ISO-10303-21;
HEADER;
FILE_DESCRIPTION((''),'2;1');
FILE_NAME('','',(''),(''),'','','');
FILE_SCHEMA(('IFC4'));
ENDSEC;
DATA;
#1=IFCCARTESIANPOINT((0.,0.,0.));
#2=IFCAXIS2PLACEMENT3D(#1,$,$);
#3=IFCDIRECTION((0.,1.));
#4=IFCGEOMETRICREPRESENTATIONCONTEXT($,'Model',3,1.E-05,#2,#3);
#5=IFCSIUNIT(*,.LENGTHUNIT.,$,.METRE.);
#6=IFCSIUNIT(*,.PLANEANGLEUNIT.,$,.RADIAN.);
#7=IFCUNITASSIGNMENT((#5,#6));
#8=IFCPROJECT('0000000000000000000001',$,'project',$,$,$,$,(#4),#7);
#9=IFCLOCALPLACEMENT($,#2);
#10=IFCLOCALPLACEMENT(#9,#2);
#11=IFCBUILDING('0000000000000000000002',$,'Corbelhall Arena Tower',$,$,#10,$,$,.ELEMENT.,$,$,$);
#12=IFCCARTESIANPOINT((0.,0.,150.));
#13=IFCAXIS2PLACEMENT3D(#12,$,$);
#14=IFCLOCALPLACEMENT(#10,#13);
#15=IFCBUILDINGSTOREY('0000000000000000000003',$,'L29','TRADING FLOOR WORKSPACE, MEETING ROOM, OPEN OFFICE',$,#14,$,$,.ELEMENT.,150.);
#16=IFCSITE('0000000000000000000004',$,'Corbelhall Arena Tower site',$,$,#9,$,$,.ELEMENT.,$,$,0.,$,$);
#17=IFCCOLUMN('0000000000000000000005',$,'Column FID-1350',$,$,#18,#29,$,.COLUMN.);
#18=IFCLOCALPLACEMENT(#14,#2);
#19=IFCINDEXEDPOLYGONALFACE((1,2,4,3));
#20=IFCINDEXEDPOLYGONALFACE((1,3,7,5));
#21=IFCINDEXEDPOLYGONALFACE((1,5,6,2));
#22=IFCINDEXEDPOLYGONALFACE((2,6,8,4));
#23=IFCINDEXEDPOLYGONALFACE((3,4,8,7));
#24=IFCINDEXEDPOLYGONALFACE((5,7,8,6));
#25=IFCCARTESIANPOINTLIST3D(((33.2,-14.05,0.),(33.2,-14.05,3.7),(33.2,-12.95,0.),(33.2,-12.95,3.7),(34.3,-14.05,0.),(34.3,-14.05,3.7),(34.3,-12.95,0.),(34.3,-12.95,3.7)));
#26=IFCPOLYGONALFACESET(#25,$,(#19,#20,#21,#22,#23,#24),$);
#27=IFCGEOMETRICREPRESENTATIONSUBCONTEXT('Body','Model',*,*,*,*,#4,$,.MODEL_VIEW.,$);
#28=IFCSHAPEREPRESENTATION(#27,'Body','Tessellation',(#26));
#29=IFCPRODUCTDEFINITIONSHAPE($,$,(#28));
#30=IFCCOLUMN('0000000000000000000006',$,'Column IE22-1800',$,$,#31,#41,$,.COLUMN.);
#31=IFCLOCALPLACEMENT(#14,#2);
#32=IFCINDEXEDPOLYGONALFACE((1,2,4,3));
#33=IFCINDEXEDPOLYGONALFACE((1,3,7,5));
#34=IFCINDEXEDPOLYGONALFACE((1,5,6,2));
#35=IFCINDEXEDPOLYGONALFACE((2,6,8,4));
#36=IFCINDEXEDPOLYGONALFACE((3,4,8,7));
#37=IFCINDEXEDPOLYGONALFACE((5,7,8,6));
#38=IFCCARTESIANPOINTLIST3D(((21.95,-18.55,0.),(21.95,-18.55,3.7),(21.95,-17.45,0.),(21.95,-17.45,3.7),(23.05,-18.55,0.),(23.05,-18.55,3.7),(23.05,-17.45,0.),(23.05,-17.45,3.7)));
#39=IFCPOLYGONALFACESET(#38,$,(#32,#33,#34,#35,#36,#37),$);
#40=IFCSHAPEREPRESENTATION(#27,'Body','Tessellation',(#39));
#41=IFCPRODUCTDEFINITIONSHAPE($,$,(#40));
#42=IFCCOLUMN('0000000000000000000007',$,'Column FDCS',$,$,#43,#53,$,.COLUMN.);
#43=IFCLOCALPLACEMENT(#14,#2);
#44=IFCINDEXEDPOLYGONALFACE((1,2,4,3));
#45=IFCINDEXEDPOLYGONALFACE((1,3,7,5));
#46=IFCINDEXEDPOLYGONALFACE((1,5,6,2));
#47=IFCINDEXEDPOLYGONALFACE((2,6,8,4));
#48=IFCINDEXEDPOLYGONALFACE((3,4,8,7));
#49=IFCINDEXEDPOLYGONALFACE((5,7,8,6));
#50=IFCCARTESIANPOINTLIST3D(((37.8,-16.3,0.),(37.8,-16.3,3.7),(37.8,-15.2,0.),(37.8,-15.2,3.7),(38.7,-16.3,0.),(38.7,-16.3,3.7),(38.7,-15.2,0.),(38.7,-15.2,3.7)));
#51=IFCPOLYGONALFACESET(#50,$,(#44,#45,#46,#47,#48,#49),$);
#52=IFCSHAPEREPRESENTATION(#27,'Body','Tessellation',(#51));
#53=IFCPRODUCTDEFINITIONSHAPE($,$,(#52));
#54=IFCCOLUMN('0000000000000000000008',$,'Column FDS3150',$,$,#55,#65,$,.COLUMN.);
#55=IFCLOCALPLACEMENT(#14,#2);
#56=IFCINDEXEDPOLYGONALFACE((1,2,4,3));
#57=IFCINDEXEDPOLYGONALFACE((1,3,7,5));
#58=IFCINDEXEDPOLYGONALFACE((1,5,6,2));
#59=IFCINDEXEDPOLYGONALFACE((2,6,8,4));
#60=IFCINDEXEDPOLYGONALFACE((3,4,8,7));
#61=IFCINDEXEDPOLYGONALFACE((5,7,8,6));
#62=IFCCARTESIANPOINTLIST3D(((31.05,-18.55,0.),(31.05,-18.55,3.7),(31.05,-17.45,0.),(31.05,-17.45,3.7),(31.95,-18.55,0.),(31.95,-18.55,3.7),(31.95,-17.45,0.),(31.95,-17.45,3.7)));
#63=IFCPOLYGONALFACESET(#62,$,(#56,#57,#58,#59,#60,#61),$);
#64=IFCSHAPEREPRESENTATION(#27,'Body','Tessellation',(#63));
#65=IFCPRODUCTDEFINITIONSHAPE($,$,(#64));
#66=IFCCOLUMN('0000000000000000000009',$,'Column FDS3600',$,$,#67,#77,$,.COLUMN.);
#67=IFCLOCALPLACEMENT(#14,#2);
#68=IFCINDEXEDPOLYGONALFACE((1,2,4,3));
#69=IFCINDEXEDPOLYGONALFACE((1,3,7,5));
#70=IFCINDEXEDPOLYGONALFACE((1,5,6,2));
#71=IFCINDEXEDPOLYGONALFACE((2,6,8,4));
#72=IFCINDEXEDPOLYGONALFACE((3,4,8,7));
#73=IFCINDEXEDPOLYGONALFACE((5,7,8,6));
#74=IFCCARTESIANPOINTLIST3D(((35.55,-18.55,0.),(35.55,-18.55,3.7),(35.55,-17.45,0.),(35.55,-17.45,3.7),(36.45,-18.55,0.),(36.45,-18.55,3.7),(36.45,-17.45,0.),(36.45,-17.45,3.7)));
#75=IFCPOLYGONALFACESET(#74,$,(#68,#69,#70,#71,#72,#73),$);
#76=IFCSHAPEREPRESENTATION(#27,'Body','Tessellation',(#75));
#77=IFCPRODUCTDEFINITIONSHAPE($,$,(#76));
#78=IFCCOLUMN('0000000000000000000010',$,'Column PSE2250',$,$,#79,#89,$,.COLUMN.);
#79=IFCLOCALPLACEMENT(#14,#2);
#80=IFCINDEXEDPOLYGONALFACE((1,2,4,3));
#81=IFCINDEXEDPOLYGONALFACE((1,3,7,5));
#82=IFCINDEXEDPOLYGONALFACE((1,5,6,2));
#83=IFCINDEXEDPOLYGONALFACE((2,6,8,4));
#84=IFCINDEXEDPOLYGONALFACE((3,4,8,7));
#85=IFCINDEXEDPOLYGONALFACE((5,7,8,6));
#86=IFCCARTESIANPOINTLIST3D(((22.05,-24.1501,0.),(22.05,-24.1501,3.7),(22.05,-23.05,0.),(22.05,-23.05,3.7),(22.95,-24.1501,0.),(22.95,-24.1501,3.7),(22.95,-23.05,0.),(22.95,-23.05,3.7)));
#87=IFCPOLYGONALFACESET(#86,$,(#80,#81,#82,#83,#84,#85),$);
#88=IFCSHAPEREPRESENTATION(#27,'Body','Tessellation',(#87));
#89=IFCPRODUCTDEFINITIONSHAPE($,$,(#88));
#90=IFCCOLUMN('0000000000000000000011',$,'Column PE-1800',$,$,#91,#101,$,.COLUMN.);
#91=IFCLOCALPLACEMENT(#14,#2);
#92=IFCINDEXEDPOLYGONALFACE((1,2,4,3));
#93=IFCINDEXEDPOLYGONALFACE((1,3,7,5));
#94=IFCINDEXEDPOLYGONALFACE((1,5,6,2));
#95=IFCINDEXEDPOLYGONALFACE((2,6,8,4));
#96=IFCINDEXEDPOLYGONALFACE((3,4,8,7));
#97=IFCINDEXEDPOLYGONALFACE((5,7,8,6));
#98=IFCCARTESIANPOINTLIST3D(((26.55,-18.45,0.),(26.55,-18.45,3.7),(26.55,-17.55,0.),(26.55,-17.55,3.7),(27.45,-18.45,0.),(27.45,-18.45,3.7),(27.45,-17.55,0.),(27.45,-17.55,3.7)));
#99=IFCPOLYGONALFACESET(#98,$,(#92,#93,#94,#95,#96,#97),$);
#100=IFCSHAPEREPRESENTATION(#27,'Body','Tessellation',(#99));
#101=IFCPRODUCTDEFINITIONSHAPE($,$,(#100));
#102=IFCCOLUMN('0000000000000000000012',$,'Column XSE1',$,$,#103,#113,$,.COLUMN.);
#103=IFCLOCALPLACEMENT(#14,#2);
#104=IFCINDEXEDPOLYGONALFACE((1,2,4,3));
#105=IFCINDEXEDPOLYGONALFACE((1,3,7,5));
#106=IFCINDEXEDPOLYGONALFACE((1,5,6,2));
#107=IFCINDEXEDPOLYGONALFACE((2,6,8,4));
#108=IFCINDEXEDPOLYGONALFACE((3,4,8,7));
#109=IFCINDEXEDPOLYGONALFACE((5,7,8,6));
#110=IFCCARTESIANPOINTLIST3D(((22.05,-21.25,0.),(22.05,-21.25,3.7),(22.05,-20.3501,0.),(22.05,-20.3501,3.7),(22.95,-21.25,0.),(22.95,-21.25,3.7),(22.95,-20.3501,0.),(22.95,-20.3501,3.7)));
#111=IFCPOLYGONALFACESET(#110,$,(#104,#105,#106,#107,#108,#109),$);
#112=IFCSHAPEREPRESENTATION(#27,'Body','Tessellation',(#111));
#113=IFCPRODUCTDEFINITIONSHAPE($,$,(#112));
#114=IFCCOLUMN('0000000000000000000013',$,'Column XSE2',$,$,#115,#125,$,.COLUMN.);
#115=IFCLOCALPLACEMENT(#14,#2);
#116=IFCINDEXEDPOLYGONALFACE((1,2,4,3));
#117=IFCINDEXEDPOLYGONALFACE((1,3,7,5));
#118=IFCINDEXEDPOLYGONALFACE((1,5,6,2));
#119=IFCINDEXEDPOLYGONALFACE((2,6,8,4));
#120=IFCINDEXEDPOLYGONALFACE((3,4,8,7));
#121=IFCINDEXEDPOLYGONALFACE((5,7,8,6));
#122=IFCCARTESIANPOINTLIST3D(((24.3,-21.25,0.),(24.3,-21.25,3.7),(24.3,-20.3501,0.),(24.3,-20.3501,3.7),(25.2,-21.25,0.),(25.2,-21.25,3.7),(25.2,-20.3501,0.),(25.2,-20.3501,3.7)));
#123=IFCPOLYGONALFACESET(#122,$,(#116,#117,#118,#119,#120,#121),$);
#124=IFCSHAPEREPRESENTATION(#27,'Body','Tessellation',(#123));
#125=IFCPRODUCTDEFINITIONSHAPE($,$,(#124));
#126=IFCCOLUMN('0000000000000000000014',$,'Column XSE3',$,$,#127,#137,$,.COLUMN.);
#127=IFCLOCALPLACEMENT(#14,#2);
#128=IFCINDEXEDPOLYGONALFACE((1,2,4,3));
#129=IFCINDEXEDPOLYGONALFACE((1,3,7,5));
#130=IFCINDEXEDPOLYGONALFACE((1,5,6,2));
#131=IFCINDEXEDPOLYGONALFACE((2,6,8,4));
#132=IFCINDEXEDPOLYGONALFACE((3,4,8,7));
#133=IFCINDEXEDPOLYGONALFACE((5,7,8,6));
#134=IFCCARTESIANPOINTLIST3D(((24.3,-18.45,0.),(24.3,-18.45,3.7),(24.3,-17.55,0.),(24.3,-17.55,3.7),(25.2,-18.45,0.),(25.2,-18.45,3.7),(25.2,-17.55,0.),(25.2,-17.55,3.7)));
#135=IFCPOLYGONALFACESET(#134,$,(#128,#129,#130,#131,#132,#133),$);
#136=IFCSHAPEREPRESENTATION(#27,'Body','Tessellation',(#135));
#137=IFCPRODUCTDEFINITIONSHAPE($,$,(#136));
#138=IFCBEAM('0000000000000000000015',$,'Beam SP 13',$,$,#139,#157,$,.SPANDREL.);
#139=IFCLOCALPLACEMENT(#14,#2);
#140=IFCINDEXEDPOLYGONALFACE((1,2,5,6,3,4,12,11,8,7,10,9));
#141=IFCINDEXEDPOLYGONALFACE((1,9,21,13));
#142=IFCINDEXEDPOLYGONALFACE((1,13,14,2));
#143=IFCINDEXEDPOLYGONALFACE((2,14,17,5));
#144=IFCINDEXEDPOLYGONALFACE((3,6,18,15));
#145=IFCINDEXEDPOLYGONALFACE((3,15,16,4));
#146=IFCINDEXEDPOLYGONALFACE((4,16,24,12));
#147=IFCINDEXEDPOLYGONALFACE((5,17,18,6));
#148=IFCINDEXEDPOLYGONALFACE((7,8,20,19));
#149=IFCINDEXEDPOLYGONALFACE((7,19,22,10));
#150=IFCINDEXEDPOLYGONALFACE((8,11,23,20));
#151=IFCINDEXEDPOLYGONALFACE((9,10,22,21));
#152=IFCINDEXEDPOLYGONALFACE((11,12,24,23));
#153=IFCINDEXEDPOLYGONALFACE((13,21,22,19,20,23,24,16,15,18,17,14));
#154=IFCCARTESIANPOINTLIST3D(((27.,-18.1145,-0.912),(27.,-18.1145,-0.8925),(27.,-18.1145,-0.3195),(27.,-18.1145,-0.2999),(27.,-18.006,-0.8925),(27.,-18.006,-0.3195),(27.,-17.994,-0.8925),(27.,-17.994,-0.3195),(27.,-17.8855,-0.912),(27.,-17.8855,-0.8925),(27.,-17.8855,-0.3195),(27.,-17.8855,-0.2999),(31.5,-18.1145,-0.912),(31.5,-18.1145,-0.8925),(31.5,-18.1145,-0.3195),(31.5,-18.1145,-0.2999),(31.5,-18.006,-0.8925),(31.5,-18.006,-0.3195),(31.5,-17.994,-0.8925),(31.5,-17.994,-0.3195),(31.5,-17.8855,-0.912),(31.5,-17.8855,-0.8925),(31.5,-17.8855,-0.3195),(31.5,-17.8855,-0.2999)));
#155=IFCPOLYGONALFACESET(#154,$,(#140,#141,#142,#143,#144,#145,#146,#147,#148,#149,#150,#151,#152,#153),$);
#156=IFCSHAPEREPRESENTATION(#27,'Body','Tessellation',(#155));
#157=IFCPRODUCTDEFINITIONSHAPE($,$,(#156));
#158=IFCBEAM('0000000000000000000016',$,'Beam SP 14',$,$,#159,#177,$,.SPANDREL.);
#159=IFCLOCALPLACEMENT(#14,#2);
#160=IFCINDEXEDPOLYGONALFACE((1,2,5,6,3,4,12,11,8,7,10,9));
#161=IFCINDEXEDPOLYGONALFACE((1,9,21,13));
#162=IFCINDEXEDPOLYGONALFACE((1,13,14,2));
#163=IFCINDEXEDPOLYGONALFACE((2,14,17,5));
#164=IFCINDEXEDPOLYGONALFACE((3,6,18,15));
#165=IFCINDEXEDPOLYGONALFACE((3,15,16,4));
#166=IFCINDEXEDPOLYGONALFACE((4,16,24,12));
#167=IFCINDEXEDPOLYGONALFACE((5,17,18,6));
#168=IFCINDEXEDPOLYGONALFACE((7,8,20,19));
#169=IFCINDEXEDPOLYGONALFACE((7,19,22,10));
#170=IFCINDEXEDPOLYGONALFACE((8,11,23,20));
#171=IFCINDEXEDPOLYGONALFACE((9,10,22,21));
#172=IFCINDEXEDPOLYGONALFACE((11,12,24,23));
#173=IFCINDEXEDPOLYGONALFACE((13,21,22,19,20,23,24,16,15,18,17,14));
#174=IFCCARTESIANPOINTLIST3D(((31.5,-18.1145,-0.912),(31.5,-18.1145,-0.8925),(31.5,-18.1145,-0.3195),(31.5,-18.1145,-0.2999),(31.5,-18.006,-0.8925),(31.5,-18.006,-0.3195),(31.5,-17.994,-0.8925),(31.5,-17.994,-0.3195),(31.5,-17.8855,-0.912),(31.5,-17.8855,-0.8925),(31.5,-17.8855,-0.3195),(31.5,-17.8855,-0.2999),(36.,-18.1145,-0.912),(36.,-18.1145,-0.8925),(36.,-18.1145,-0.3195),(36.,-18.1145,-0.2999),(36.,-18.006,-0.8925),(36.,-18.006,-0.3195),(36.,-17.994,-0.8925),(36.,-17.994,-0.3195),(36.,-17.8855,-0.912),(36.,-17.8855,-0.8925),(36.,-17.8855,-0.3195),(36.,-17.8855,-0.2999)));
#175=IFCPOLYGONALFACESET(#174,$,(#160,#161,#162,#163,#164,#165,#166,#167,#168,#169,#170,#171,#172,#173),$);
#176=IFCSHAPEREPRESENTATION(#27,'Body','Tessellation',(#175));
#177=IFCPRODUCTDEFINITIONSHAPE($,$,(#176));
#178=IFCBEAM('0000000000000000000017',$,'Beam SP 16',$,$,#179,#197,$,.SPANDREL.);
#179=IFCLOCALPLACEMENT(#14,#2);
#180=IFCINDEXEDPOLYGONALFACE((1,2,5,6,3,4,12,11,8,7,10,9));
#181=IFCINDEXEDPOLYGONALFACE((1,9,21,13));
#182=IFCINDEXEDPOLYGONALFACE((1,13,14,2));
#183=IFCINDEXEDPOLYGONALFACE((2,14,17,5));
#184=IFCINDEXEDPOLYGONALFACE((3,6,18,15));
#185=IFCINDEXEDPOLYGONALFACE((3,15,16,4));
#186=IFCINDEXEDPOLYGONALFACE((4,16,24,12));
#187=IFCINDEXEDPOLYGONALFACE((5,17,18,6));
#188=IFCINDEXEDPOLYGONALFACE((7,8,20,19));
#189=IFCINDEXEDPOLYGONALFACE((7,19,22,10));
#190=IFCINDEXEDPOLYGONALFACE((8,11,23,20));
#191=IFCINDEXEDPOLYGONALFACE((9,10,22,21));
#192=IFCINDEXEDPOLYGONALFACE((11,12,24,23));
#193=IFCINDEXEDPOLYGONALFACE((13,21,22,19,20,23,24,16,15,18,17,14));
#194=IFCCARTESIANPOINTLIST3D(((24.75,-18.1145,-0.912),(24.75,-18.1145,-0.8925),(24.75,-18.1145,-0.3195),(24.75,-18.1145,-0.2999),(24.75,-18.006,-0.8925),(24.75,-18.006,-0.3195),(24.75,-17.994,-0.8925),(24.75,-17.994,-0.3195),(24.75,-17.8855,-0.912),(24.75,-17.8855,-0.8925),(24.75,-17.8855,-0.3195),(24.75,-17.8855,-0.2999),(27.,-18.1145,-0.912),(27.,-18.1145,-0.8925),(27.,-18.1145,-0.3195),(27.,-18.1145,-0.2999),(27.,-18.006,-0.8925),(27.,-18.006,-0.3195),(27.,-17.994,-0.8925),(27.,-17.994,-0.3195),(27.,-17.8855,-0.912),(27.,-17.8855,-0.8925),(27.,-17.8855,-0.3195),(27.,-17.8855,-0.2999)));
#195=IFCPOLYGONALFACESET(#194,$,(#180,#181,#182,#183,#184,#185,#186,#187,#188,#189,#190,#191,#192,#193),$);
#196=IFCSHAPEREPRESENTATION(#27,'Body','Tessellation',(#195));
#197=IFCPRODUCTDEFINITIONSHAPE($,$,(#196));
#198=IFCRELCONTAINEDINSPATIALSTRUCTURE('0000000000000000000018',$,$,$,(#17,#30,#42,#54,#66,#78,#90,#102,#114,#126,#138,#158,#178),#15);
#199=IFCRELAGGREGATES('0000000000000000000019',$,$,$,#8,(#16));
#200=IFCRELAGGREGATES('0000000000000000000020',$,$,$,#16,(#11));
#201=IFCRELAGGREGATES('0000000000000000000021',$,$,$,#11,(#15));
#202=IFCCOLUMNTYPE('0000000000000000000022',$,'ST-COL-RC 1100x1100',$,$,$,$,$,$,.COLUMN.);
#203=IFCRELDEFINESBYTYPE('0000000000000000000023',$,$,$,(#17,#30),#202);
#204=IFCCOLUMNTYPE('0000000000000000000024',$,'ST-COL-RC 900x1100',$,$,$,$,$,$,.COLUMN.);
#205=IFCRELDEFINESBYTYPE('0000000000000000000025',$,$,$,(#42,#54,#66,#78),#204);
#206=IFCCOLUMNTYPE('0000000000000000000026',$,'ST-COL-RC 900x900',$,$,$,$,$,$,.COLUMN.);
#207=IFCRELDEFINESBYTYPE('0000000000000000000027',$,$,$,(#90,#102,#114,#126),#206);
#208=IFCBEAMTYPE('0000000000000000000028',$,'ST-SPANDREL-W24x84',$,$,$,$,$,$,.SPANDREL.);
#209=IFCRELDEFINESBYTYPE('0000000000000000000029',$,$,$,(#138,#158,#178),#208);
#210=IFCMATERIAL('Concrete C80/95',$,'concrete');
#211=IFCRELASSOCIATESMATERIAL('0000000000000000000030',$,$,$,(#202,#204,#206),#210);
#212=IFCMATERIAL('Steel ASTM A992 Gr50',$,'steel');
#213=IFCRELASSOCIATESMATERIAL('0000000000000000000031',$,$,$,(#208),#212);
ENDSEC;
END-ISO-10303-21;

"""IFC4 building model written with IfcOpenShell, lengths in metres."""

from ifc_helpers import new_model, si_unit, direction, frame, origin, origin_2d, place, context, subcontext, project, spatial, rectangle, i_section, extrude, material, material_profile, profile_set, type_object, element, save


model = new_model("IFC4")

# Units and contexts
model_context = context("Model", 3, precision=1e-05, world=origin(), true_north=direction((0.0, 1.0)))
body_context = subcontext(model_context, "Body", "Model", "MODEL_VIEW")
ifc_project = project(units=[si_unit("LENGTHUNIT", "METRE"), si_unit("PLANEANGLEUNIT", "RADIAN")], contexts=[model_context])

# Site, building, storey
site_placement = place(None, origin())
site = spatial("IfcSite", under=ifc_project, at=site_placement, Name="Corbelhall Arena Tower site", CompositionType="ELEMENT", RefElevation=0.0)
building_placement = place(site_placement, origin())
building = spatial("IfcBuilding", under=site, at=building_placement, Name="Corbelhall Arena Tower", CompositionType="ELEMENT")
storey_placement = place(building_placement, frame((0.0, 0.0, 150.0)))
storey = spatial("IfcBuildingStorey", under=building, at=storey_placement, Name="L29", Description="TRADING FLOOR WORKSPACE, MEETING ROOM, OPEN OFFICE", CompositionType="ELEMENT", Elevation=150.0)

# Columns
ifc_material_1 = material(Name="Concrete C80/95", Category="concrete")
ifc_material_profile_1 = material_profile(ifc_material_1, rectangle(XDim=1.1001, YDim=1.1001, at=origin_2d()))
ifc_profile_set_1 = profile_set([ifc_material_profile_1], Name="Concrete C80/95")
column_type_1 = type_object("IfcColumnType", Name="ST-COL-RC 1100x1100", PredefinedType="COLUMN", material=ifc_profile_set_1)
for number, where, z_axis, x_axis, name in (
    (1, (33.75, -13.5, 0.0), (0.0, 0.0, 1.0), (1.0, 0.0, 0.0), "Column FID-1350"),
    (2, (22.5, -18.0, 0.0), (0.0, 0.0, 1.0), (1.0, 0.0, 0.0), "Column IE22-1800"),
):
    element("IfcColumn", number, at=place(storey_placement, frame(where, z_axis=z_axis, x_axis=x_axis)), inside=storey, type_object=column_type_1, Name=name, PredefinedType="COLUMN", context=body_context, shape_type="SweptSolid", body=[
        extrude(rectangle(XDim=1.1001, YDim=1.1001, at=origin_2d()), origin(), (0.0, 0.0, 1.0), 3.7),
    ])
ifc_material_profile_2 = material_profile(ifc_material_1, rectangle(XDim=0.8999, YDim=1.1001, at=origin_2d()))
ifc_profile_set_2 = profile_set([ifc_material_profile_2], Name="Concrete C80/95")
column_type_2 = type_object("IfcColumnType", Name="ST-COL-RC 900x1100", PredefinedType="COLUMN", material=ifc_profile_set_2)
for number, where, z_axis, x_axis, name in (
    (3, (38.25, -15.75, 0.0), (0.0, 0.0, 1.0), (1.0, 0.0, 0.0), "Column FDCS"),
    (4, (31.5, -18.0, 0.0), (0.0, 0.0, 1.0), (1.0, 0.0, 0.0), "Column FDS3150"),
    (5, (36.0, -18.0, 0.0), (0.0, 0.0, 1.0), (1.0, 0.0, 0.0), "Column FDS3600"),
    (6, (22.5, -23.6001, 0.0), (0.0, 0.0, 1.0), (1.0, 0.0, 0.0), "Column PSE2250"),
):
    element("IfcColumn", number, at=place(storey_placement, frame(where, z_axis=z_axis, x_axis=x_axis)), inside=storey, type_object=column_type_2, Name=name, PredefinedType="COLUMN", context=body_context, shape_type="SweptSolid", body=[
        extrude(rectangle(XDim=0.8999, YDim=1.1001, at=origin_2d()), origin(), (0.0, 0.0, 1.0), 3.7),
    ])
ifc_material_profile_3 = material_profile(ifc_material_1, rectangle(XDim=0.8999, YDim=0.8999, at=origin_2d()))
ifc_profile_set_3 = profile_set([ifc_material_profile_3], Name="Concrete C80/95")
column_type_3 = type_object("IfcColumnType", Name="ST-COL-RC 900x900", PredefinedType="COLUMN", material=ifc_profile_set_3)
for number, where, z_axis, x_axis, name in (
    (7, (27.0, -18.0, 0.0), (0.0, 0.0, 1.0), (1.0, 0.0, 0.0), "Column PE-1800"),
    (8, (22.5, -20.8, 0.0), (0.0, 0.0, 1.0), (1.0, 0.0, 0.0), "Column XSE1"),
    (9, (24.75, -20.8, 0.0), (0.0, 0.0, 1.0), (1.0, 0.0, 0.0), "Column XSE2"),
    (10, (24.75, -18.0, 0.0), (0.0, 0.0, 1.0), (1.0, 0.0, 0.0), "Column XSE3"),
):
    element("IfcColumn", number, at=place(storey_placement, frame(where, z_axis=z_axis, x_axis=x_axis)), inside=storey, type_object=column_type_3, Name=name, PredefinedType="COLUMN", context=body_context, shape_type="SweptSolid", body=[
        extrude(rectangle(XDim=0.8999, YDim=0.8999, at=origin_2d()), origin(), (0.0, 0.0, 1.0), 3.7),
    ])

# Beams
ifc_material_2 = material(Name="Steel ASTM A992 Gr50", Category="steel")
ifc_material_profile_4 = material_profile(ifc_material_2, i_section(OverallWidth=0.229, OverallDepth=0.6121, WebThickness=0.012, FlangeThickness=0.0195, at=origin_2d()))
ifc_profile_set_4 = profile_set([ifc_material_profile_4], Name="Steel ASTM A992 Gr50")
beam_type = type_object("IfcBeamType", Name="ST-SPANDREL-W24x84", PredefinedType="SPANDREL", material=ifc_profile_set_4)
for number, where, z_axis, x_axis, name in (
    (11, (31.5, -18.0, -0.606), (-1.0, 0.0, 0.0), (0.0, -1.0, 0.0), "Beam SP 13"),
    (12, (36.0, -18.0, -0.606), (-1.0, 0.0, 0.0), (0.0, -1.0, 0.0), "Beam SP 14"),
):
    element("IfcBeam", number, at=place(storey_placement, frame(where, z_axis=z_axis, x_axis=x_axis)), inside=storey, type_object=beam_type, Name=name, PredefinedType="SPANDREL", context=body_context, shape_type="SweptSolid", body=[
        extrude(i_section(OverallWidth=0.229, OverallDepth=0.6121, WebThickness=0.012, FlangeThickness=0.0195, at=origin_2d()), origin(), (0.0, 0.0, 1.0), 4.5),
    ])
beam_1_placement = place(storey_placement, frame((27.0, -18.0, -0.606), z_axis=(-1.0, 0.0, 0.0), x_axis=(0.0, -1.0, 0.0)))
element("IfcBeam", 13, at=beam_1_placement, inside=storey, type_object=beam_type, Name="Beam SP 16", PredefinedType="SPANDREL", context=body_context, shape_type="SweptSolid", body=[
    extrude(i_section(OverallWidth=0.229, OverallDepth=0.6121, WebThickness=0.012, FlangeThickness=0.0195, at=origin_2d()), origin(), (0.0, 0.0, 1.0), 2.25),
])

save(model, "model.ifc")
